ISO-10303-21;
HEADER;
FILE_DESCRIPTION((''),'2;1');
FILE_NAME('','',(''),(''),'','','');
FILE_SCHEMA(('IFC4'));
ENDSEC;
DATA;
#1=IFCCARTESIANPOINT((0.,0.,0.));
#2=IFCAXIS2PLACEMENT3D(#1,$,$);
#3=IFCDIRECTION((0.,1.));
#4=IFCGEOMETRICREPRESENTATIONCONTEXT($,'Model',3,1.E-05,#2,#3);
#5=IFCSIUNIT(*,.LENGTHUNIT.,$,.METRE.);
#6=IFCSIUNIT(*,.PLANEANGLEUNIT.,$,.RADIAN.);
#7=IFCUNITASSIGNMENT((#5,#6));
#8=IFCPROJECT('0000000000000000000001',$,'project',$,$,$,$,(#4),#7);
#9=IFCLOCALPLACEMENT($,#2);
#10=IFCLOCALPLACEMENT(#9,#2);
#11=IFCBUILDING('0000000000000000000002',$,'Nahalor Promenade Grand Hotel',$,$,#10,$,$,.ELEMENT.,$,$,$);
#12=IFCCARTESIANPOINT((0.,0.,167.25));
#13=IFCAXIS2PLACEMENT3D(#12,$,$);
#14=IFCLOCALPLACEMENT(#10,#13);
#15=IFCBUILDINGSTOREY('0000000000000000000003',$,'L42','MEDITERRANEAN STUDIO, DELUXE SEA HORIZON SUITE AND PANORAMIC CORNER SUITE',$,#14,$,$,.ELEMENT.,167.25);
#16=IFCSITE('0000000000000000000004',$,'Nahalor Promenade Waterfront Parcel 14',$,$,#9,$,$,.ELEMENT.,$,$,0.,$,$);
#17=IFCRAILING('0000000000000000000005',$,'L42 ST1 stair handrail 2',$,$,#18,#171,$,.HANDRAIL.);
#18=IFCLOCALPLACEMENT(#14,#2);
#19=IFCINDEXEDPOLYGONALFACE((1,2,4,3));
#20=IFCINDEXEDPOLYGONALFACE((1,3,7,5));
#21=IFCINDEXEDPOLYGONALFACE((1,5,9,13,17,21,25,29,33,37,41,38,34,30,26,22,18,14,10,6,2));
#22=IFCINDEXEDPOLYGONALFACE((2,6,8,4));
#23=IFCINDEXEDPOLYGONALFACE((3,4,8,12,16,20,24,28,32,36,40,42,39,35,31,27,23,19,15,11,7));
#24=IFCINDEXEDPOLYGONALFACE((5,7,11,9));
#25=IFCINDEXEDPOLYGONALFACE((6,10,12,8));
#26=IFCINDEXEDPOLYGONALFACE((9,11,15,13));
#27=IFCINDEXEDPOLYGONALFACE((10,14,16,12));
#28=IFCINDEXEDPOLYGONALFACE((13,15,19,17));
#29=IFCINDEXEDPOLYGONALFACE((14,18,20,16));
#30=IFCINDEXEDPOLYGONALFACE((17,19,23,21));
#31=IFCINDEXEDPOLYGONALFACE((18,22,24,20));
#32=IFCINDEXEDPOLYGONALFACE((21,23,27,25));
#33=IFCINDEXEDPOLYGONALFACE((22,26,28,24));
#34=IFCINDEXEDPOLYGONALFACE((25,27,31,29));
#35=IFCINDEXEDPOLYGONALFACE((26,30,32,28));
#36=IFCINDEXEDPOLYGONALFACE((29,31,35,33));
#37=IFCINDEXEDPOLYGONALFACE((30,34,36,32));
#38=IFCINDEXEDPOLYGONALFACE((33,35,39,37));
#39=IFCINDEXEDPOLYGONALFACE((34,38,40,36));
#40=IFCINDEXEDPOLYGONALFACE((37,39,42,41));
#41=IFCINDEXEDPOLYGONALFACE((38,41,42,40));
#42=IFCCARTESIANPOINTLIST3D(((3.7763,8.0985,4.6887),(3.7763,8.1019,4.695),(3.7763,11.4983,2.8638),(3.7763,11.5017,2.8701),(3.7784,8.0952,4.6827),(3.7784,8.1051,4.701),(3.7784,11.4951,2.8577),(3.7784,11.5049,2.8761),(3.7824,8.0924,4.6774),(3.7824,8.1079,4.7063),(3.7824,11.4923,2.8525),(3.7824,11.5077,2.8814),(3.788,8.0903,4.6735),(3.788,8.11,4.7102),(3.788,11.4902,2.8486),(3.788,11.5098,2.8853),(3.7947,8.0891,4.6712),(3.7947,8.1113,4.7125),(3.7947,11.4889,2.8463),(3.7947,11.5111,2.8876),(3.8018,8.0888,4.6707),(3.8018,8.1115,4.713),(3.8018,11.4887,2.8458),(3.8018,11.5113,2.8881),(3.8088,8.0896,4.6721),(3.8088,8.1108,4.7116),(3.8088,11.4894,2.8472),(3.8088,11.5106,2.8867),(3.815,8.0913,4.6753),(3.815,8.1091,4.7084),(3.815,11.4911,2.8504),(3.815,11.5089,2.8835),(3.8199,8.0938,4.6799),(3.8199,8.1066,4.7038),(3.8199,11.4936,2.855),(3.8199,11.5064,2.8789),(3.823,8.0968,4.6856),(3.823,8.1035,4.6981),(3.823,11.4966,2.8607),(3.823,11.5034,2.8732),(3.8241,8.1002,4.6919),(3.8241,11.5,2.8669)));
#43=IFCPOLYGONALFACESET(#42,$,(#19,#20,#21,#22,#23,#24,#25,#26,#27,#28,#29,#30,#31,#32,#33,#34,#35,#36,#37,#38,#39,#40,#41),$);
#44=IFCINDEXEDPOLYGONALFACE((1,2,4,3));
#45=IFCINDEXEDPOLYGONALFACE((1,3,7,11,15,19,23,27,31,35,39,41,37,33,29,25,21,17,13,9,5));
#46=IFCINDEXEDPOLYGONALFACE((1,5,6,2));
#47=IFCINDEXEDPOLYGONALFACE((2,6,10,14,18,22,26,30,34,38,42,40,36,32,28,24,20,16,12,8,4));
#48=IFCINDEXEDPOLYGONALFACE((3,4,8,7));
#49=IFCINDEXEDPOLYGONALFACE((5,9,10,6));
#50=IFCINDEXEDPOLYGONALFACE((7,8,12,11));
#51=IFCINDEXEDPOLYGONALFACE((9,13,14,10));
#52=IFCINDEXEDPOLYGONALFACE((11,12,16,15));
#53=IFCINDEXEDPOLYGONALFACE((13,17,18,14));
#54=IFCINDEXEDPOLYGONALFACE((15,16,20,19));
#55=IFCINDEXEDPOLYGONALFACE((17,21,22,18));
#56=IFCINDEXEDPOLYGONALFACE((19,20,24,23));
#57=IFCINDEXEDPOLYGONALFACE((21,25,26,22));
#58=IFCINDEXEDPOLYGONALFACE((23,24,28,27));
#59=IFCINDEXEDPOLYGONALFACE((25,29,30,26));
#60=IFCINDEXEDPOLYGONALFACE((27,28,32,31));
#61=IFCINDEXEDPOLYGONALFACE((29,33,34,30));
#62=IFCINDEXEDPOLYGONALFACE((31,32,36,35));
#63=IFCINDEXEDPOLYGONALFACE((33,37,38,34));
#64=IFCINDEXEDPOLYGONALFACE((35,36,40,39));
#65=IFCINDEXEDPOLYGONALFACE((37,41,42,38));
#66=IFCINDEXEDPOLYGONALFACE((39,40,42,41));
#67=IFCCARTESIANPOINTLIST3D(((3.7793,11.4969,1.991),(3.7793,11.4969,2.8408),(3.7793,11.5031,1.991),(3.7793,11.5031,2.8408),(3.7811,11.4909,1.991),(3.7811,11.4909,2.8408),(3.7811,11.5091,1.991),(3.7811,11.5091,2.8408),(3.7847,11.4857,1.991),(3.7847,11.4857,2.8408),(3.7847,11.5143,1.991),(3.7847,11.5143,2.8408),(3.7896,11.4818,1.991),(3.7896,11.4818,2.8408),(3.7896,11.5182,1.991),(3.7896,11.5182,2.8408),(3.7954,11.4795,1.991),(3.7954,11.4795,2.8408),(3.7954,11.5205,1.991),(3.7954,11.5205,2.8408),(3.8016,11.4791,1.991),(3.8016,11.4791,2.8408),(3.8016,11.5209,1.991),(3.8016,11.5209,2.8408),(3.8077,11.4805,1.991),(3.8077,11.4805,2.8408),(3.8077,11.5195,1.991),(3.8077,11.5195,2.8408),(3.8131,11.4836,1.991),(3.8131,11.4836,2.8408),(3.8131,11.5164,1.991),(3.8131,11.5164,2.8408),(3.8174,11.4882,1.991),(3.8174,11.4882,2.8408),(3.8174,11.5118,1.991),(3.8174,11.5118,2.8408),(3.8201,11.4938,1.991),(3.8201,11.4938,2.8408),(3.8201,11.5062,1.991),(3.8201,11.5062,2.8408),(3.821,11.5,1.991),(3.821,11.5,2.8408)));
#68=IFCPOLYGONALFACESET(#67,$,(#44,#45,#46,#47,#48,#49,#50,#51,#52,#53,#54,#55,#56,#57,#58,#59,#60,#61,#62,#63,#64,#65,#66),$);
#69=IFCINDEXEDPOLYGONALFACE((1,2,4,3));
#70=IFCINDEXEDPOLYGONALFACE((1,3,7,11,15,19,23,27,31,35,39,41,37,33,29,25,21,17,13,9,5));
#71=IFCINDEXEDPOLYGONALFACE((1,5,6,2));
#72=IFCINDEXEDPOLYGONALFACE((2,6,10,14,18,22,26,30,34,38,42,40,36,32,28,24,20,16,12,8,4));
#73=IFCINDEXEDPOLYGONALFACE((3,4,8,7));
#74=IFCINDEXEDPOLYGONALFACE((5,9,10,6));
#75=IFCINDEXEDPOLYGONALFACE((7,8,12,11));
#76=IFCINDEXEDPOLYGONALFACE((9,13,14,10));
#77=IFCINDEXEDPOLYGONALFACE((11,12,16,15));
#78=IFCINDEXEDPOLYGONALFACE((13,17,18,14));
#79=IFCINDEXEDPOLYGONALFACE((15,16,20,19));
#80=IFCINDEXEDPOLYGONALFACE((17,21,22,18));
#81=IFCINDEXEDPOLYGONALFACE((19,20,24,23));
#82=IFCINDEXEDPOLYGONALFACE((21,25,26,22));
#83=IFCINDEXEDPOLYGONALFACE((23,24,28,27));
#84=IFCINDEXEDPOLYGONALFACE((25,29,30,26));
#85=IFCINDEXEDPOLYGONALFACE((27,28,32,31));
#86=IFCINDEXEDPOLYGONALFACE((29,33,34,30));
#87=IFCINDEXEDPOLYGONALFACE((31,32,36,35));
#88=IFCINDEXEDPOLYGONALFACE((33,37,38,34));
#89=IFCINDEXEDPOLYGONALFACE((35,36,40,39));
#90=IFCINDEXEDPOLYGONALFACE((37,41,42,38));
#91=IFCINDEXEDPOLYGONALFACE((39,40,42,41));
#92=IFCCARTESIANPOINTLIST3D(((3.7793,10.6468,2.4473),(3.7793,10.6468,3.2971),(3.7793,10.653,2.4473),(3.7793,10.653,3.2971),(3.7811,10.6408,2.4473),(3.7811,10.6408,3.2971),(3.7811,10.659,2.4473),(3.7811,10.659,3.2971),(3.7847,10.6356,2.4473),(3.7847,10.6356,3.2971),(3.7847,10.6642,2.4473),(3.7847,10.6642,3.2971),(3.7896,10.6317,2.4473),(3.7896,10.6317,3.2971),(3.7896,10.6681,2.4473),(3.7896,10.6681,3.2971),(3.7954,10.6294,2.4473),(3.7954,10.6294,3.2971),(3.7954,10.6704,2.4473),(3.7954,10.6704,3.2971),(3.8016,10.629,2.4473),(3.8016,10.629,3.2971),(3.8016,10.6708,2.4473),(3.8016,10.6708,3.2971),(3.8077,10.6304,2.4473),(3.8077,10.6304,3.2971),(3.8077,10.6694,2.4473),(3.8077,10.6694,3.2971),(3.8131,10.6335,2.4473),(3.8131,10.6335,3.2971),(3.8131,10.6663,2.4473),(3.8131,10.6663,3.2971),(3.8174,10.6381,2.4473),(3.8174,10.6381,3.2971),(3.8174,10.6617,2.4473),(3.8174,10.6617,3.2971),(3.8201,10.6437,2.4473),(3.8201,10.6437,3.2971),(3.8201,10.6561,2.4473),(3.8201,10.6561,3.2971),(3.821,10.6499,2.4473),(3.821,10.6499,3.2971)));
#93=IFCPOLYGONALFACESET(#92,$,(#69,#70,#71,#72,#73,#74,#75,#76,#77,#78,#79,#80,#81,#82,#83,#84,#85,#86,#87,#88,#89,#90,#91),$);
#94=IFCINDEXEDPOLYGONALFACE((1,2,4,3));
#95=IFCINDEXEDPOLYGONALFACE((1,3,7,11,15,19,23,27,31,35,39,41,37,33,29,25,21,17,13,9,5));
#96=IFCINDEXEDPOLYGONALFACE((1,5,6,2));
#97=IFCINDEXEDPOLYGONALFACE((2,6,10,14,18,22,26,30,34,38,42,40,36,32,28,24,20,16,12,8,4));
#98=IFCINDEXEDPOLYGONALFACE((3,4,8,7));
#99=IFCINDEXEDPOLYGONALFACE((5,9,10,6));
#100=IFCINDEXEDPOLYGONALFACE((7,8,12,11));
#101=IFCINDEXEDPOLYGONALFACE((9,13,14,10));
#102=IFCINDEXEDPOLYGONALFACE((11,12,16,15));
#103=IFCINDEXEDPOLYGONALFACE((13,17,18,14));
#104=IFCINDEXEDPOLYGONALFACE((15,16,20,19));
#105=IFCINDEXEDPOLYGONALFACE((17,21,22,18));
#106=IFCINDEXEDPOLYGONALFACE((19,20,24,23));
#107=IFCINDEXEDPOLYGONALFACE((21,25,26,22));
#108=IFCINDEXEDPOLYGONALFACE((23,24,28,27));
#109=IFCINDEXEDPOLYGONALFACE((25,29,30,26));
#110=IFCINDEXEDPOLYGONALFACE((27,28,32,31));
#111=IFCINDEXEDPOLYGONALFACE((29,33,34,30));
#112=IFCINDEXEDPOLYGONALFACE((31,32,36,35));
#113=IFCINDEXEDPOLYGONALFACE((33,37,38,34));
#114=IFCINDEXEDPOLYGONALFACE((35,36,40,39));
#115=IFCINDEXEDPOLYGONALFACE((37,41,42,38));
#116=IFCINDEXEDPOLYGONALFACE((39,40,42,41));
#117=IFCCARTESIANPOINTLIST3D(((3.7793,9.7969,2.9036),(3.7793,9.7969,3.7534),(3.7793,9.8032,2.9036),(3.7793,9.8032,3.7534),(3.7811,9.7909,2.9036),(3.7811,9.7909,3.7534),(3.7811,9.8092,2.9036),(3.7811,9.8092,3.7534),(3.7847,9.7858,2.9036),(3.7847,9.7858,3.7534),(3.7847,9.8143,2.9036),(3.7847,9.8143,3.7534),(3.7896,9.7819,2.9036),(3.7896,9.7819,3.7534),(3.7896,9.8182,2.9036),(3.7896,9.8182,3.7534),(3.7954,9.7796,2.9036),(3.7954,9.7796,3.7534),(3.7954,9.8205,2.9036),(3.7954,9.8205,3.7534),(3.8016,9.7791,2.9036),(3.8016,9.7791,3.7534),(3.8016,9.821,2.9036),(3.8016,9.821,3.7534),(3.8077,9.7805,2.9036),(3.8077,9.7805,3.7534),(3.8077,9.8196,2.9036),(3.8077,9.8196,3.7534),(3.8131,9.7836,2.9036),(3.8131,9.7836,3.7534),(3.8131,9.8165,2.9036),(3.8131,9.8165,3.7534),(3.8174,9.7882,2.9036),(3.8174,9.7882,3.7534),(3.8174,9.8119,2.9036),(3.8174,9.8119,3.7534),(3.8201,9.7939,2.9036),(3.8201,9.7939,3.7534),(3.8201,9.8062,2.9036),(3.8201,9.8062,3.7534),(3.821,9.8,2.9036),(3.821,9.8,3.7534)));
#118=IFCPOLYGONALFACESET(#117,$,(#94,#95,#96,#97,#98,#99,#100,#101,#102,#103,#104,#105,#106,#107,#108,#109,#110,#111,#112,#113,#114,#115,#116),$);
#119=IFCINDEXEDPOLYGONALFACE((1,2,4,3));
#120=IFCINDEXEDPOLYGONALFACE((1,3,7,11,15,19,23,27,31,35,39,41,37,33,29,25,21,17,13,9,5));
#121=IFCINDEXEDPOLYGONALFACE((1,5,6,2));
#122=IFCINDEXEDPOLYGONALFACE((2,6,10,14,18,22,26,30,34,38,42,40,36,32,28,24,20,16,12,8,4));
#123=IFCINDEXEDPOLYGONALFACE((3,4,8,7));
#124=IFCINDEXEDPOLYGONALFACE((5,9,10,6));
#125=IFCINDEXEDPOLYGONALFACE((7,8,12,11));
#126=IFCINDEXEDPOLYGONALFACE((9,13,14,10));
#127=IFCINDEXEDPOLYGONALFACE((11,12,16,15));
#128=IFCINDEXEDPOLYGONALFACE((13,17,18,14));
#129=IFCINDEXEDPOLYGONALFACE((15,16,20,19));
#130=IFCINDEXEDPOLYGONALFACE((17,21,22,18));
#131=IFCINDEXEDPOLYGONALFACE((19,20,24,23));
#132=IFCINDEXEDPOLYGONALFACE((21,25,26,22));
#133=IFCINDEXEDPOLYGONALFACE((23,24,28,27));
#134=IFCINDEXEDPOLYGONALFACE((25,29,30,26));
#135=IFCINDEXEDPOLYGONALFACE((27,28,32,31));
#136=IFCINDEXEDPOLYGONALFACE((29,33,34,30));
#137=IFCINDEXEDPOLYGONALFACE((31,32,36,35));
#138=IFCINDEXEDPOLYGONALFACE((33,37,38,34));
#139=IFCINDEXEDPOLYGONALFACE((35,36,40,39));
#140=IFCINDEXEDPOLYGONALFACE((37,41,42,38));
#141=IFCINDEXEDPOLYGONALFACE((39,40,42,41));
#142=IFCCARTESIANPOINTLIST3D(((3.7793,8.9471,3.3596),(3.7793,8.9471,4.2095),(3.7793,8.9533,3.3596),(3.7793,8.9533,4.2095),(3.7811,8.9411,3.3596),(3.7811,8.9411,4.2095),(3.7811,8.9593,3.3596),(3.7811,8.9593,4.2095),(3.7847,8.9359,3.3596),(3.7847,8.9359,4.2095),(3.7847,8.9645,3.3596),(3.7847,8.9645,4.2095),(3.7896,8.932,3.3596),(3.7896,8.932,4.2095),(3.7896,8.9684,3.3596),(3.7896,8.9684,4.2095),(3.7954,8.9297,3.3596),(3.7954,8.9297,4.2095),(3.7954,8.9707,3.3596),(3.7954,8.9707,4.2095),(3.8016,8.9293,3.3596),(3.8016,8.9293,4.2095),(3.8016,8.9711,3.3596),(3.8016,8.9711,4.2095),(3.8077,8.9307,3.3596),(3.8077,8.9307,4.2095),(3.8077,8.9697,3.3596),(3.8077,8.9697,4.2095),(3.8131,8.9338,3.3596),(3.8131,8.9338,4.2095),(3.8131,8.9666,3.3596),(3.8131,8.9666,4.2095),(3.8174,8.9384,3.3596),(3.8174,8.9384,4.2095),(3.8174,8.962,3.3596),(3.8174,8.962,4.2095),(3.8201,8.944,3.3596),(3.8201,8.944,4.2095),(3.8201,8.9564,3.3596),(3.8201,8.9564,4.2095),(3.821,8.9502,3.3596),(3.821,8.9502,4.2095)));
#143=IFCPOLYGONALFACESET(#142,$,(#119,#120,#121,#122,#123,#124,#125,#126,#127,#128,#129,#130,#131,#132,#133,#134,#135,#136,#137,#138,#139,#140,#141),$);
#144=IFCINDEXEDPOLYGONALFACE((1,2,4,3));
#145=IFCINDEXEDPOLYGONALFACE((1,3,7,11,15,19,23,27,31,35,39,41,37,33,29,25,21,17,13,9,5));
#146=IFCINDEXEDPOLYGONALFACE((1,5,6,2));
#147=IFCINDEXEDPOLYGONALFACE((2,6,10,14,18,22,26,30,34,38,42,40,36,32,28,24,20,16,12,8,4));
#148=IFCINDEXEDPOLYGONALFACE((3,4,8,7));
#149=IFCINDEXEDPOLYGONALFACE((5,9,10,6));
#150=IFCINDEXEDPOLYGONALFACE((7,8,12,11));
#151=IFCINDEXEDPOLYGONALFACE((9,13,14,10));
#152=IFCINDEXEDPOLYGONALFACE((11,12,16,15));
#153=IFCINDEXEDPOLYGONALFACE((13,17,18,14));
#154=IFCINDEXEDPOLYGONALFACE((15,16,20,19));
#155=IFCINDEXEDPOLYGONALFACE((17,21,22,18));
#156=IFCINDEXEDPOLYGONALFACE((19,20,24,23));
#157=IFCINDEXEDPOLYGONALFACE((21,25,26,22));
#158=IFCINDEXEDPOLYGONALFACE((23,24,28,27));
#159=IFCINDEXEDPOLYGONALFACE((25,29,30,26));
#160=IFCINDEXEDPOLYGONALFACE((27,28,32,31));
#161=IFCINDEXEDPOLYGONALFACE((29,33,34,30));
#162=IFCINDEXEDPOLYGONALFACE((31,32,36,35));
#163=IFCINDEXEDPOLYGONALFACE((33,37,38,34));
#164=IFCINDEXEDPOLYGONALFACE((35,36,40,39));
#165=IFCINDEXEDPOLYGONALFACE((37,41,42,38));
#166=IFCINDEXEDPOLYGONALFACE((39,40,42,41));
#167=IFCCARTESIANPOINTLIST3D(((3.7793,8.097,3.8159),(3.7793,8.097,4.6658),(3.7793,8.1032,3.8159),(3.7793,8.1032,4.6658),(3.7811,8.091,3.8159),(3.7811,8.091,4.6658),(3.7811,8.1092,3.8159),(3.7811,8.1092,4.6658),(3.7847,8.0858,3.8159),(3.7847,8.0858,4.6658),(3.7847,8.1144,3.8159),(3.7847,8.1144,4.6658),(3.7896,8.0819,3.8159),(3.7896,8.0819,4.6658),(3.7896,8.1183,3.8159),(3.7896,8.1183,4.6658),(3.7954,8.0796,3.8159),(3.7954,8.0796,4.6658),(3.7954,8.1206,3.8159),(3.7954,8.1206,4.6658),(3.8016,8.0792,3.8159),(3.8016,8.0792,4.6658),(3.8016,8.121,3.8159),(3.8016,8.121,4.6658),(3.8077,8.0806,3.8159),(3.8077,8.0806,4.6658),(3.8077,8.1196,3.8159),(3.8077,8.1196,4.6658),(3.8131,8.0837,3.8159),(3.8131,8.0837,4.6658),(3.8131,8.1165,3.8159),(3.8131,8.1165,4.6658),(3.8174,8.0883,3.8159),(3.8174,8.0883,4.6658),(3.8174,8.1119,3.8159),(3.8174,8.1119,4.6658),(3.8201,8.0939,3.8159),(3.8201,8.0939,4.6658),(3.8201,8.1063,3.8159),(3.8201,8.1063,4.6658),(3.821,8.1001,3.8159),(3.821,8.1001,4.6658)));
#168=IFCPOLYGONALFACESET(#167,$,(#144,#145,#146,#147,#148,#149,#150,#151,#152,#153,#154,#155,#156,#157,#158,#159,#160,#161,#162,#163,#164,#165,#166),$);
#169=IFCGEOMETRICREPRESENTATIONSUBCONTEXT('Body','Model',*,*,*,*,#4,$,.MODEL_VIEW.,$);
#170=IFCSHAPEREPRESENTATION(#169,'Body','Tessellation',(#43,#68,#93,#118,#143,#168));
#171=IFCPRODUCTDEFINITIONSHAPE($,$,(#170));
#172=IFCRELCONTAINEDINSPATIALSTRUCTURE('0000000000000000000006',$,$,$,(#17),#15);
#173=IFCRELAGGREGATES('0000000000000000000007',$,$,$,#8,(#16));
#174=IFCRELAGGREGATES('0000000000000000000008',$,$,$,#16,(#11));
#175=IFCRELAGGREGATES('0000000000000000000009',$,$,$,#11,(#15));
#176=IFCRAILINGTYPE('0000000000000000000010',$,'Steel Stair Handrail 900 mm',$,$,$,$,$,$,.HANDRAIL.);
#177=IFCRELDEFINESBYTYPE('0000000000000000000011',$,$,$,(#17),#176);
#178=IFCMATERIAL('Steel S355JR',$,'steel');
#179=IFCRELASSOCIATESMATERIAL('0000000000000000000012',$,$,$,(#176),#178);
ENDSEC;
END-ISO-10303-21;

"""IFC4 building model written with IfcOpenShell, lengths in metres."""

from ifc_helpers import new_model, si_unit, direction, frame, origin, origin_2d, place, context, subcontext, project, spatial, circle, extrude, material, type_object, element, save


model = new_model("IFC4")

# Units and contexts
model_context = context("Model", 3, precision=1e-05, world=origin(), true_north=direction((0.0, 1.0)))
body_context = subcontext(model_context, "Body", "Model", "MODEL_VIEW")
ifc_project = project(units=[si_unit("LENGTHUNIT", "METRE"), si_unit("PLANEANGLEUNIT", "RADIAN")], contexts=[model_context])

# Site, building, storey
site_placement = place(None, origin())
site = spatial("IfcSite", under=ifc_project, at=site_placement, Name="Nahalor Promenade Waterfront Parcel 14", CompositionType="ELEMENT", RefElevation=0.0)
building_placement = place(site_placement, origin())
building = spatial("IfcBuilding", under=site, at=building_placement, Name="Nahalor Promenade Grand Hotel", CompositionType="ELEMENT")
storey_placement = place(building_placement, frame((0.0, 0.0, 167.25)))
storey = spatial("IfcBuildingStorey", under=building, at=storey_placement, Name="L42", Description="MEDITERRANEAN STUDIO, DELUXE SEA HORIZON SUITE AND PANORAMIC CORNER SUITE", CompositionType="ELEMENT", Elevation=167.25)

# Shared definitions
ifc_material_1 = material(Name="Steel S355JR", Category="steel")

# Railing
railing_type_1 = type_object("IfcRailingType", Name="Steel Stair Handrail 900 mm", PredefinedType="HANDRAIL", material=ifc_material_1)
railing_1_placement = place(storey_placement, frame((3.8, 11.5, 1.991)))
element("IfcRailing", 1, at=railing_1_placement, inside=storey, type_object=railing_type_1, Name="L42 ST1 stair handrail 2", PredefinedType="HANDRAIL", context=body_context, shape_type="SweptSolid", body=[
    extrude(circle(Radius=0.024, at=origin_2d()), frame((0.0, 0.0, 0.876), z_axis=(0.0, -0.881094, 0.472941), x_axis=(1.0, 0.0, 0.0)), (0.0, 0.0, 1.0), 3.8586),
    extrude(circle(Radius=0.021, at=origin_2d()), origin(), (0.0, 0.0, 1.0), 0.8499),
    extrude(circle(Radius=0.021, at=origin_2d()), frame((0.0, -0.8501, 0.4563)), (0.0, 0.0, 1.0), 0.8499),
    extrude(circle(Radius=0.021, at=origin_2d()), frame((0.0, -1.7, 0.9126)), (0.0, 0.0, 1.0), 0.8499),
    extrude(circle(Radius=0.021, at=origin_2d()), frame((0.0, -2.5498, 1.3687)), (0.0, 0.0, 1.0), 0.8499),
    extrude(circle(Radius=0.021, at=origin_2d()), frame((0.0, -3.3999, 1.825)), (0.0, 0.0, 1.0), 0.8499),
])

save(model, "model.ifc")
